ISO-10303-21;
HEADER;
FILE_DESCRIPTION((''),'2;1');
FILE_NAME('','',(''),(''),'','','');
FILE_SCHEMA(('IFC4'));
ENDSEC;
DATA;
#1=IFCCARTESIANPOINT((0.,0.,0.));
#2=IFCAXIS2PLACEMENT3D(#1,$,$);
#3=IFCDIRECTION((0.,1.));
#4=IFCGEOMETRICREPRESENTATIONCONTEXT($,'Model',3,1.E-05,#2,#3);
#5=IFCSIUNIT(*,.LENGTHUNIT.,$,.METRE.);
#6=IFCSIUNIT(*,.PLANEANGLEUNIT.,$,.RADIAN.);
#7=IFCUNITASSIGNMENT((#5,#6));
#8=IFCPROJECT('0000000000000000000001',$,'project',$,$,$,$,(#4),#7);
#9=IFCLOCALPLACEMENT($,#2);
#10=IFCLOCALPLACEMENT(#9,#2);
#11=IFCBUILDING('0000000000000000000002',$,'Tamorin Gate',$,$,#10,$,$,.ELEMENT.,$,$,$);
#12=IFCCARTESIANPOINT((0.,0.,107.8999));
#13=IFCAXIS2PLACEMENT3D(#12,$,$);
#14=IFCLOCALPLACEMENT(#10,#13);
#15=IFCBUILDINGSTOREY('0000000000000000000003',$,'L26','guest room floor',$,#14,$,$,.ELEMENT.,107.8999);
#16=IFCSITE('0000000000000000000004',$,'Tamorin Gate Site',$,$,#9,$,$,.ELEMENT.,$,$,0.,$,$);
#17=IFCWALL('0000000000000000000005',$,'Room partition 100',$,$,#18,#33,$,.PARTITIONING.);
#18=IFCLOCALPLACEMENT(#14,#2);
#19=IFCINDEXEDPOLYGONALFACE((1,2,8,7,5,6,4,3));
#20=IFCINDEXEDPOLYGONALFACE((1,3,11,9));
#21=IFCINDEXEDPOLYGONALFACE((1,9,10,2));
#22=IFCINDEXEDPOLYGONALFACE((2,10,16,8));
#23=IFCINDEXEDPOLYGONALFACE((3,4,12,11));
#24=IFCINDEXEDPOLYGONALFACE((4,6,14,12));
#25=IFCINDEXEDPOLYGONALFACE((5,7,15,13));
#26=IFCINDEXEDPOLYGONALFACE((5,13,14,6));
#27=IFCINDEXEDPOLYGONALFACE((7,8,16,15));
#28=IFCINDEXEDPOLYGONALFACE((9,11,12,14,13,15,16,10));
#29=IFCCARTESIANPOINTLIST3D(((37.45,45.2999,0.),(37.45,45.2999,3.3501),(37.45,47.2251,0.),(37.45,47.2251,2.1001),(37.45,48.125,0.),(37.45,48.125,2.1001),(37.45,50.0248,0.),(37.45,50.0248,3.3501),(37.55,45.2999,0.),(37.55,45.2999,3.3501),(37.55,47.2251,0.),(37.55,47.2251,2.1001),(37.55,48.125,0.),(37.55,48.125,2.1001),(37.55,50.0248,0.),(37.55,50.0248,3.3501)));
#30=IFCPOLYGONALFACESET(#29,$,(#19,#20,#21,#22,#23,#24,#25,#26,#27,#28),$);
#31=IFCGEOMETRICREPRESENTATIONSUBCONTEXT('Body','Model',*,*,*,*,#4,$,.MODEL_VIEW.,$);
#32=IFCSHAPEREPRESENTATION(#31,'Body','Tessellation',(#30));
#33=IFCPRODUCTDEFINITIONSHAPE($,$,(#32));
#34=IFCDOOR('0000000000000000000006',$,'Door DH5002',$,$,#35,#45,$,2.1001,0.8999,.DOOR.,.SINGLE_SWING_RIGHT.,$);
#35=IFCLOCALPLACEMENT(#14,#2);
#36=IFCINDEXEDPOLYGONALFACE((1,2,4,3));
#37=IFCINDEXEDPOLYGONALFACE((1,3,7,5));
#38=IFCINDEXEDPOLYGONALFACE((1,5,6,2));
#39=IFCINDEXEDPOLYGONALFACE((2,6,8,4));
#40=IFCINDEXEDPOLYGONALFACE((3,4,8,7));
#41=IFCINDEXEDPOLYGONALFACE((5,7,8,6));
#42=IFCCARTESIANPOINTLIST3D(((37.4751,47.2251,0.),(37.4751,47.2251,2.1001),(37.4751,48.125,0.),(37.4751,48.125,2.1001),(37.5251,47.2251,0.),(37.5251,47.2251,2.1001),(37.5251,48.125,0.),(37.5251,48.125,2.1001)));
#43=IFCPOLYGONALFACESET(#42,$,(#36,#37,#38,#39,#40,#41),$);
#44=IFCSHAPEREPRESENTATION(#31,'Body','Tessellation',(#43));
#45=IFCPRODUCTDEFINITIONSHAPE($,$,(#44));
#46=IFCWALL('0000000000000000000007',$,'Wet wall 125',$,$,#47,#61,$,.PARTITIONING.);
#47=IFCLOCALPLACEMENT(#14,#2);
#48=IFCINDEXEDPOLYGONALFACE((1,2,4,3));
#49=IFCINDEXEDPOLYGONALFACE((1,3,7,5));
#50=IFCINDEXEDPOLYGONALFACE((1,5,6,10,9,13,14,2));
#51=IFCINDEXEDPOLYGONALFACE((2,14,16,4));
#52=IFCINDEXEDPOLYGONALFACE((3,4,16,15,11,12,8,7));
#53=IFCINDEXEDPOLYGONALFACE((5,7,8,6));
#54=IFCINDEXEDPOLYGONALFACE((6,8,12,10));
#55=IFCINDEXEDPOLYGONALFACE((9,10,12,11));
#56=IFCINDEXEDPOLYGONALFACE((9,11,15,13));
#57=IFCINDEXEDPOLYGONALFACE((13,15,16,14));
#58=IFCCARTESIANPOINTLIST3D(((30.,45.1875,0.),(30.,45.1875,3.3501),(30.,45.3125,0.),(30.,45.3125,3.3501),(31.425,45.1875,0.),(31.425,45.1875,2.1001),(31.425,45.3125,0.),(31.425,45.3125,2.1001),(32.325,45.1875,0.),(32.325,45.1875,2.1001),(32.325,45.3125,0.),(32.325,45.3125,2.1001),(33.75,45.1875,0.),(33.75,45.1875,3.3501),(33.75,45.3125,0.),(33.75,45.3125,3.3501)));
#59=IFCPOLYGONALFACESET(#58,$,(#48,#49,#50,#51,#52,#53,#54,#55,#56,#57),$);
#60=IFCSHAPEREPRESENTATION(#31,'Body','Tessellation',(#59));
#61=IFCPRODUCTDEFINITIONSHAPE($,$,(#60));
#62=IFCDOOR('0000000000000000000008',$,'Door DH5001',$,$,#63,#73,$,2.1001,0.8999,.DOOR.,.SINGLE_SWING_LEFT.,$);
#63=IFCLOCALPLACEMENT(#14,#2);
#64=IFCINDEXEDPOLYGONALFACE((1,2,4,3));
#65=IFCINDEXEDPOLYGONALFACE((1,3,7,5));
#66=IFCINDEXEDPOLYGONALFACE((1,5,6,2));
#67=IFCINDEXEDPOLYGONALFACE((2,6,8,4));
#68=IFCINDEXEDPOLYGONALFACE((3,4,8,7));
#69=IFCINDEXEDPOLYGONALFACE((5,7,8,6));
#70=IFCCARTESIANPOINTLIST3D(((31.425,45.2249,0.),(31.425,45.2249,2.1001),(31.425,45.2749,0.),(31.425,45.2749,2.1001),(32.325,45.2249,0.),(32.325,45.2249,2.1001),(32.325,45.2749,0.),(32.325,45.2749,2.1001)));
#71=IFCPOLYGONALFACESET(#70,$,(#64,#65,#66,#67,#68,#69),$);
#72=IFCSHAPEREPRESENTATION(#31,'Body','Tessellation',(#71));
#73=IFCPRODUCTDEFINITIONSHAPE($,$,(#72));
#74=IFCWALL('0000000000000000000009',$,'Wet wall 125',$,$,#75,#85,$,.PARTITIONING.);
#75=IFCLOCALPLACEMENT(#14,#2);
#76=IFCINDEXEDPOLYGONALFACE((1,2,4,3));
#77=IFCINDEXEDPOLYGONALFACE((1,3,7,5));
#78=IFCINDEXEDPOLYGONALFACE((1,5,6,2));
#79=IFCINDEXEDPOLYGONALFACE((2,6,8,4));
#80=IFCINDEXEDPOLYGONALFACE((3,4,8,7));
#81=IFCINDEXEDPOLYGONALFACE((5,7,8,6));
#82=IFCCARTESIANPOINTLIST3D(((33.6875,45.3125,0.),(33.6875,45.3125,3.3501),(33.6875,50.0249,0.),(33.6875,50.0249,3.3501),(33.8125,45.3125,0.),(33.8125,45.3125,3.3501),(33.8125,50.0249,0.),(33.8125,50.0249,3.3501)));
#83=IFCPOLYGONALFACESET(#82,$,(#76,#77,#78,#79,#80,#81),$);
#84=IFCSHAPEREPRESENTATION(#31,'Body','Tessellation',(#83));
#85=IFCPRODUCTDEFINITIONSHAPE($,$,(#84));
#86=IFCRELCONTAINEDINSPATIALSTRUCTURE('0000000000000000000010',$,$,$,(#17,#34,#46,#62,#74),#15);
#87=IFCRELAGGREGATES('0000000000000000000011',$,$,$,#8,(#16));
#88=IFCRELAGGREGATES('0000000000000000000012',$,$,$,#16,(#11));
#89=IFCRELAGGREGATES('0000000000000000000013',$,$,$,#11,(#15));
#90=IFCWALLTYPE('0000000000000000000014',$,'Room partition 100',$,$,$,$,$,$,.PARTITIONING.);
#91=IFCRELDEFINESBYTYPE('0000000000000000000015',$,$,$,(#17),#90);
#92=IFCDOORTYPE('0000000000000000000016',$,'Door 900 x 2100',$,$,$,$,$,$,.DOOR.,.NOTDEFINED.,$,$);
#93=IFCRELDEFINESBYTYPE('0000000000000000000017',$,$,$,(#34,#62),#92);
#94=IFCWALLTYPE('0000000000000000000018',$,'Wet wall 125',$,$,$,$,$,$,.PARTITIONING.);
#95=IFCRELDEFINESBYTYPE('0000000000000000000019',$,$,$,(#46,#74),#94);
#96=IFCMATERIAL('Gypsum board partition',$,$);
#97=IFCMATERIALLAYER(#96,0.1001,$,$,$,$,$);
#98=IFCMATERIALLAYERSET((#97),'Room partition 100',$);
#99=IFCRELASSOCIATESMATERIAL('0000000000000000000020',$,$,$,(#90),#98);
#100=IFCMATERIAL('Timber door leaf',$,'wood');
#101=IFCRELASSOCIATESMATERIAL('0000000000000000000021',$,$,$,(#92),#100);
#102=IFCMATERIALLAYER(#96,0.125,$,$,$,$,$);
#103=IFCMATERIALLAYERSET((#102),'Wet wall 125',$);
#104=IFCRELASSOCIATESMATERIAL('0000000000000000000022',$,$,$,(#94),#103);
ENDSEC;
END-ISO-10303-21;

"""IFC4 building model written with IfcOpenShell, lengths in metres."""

from ifc_helpers import new_model, si_unit, direction, frame, frame_2d, origin, place, context, subcontext, project, spatial, rectangle, extrude, material, layer, layer_set, type_object, element, fill, save


model = new_model("IFC4")

# Units and contexts
model_context = context("Model", 3, precision=1e-05, world=origin(), true_north=direction((0.0, 1.0)))
body_context = subcontext(model_context, "Body", "Model", "MODEL_VIEW")
ifc_project = project(units=[si_unit("LENGTHUNIT", "METRE"), si_unit("PLANEANGLEUNIT", "RADIAN")], contexts=[model_context])

# Site, building, storey
site_placement = place(None, origin())
site = spatial("IfcSite", under=ifc_project, at=site_placement, Name="Tamorin Gate Site", CompositionType="ELEMENT", RefElevation=0.0)
building_placement = place(site_placement, origin())
building = spatial("IfcBuilding", under=site, at=building_placement, Name="Tamorin Gate", CompositionType="ELEMENT")
storey_placement = place(building_placement, frame((0.0, 0.0, 107.8999)))
storey = spatial("IfcBuildingStorey", under=building, at=storey_placement, Name="L26", Description="guest room floor", CompositionType="ELEMENT", Elevation=107.8999)

# Shared definitions
ifc_material_1 = material(Name="Gypsum board partition")
ifc_layer_1 = layer(ifc_material_1, 0.1001)
ifc_layer_set_1 = layer_set([ifc_layer_1], Name="Room partition 100")
wall_type_1 = type_object("IfcWallType", Name="Room partition 100", PredefinedType="PARTITIONING", material=ifc_layer_set_1)
ifc_material_2 = material(Name="Timber door leaf", Category="wood")
door_type = type_object("IfcDoorType", Name="Door 900 x 2100", OperationType="NOTDEFINED", PredefinedType="DOOR", material=ifc_material_2)

# Walls, openings, doors
wall_1_placement = place(storey_placement, frame((37.5, 45.3, 0.0), z_axis=(0.0, 0.0, 1.0), x_axis=(0.0, 1.0, 0.0)))
wall_1 = element("IfcWall", 1, at=wall_1_placement, inside=storey, type_object=wall_type_1, Name="Room partition 100", PredefinedType="PARTITIONING", context=body_context, shape_type="SweptSolid", body=[
    extrude(rectangle(XDim=4.7249, YDim=0.1001, at=frame_2d((2.3623, 0.0))), origin(), (0.0, 0.0, 1.0), 3.3501),
])
opening_1_placement = place(wall_1_placement, frame((1.925, 0.0, 0.0)))
opening_1 = element("IfcOpeningElement", 2, at=opening_1_placement, cuts=wall_1, PredefinedType="OPENING", context=body_context, shape_type="SweptSolid", body=[
    extrude(rectangle(XDim=0.8999, YDim=2.1001, at=frame_2d((0.45, 1.05))), frame((0.0, 0.0601, 0.0), z_axis=(0.0, -1.0, 0.0), x_axis=(1.0, 0.0, 0.0)), (0.0, 0.0, 1.0), 0.1201),
])
door_1_placement = place(opening_1_placement, origin())
door_1 = element("IfcDoor", 3, at=door_1_placement, inside=storey, type_object=door_type, Name="Door DH5002", OperationType="SINGLE_SWING_RIGHT", OverallHeight=2.1001, OverallWidth=0.8999, PredefinedType="DOOR", context=body_context, shape_type="SweptSolid", body=[
    extrude(rectangle(XDim=0.8999, YDim=2.1001, at=frame_2d((0.45, 1.05))), frame((0.0, 0.0249, 0.0), z_axis=(0.0, -1.0, 0.0), x_axis=(1.0, 0.0, 0.0)), (0.0, 0.0, 1.0), 0.05),
])
fill(opening_1, door_1)
ifc_layer_2 = layer(ifc_material_1, 0.125)
ifc_layer_set_2 = layer_set([ifc_layer_2], Name="Wet wall 125")
wall_type_2 = type_object("IfcWallType", Name="Wet wall 125", PredefinedType="PARTITIONING", material=ifc_layer_set_2)
wall_2_placement = place(storey_placement, frame((30.0, 45.25, 0.0), z_axis=(0.0, 0.0, 1.0), x_axis=(1.0, 0.0, 0.0)))
wall_2 = element("IfcWall", 4, at=wall_2_placement, inside=storey, type_object=wall_type_2, Name="Wet wall 125", PredefinedType="PARTITIONING", context=body_context, shape_type="SweptSolid", body=[
    extrude(rectangle(XDim=3.75, YDim=0.125, at=frame_2d((1.875, 0.0))), origin(), (0.0, 0.0, 1.0), 3.3501),
])
opening_2_placement = place(wall_2_placement, frame((1.425, 0.0, 0.0)))
opening_2 = element("IfcOpeningElement", 5, at=opening_2_placement, cuts=wall_2, PredefinedType="OPENING", context=body_context, shape_type="SweptSolid", body=[
    extrude(rectangle(XDim=0.8999, YDim=2.1001, at=frame_2d((0.45, 1.05))), frame((0.0, 0.0725, 0.0), z_axis=(0.0, -1.0, 0.0), x_axis=(1.0, 0.0, 0.0)), (0.0, 0.0, 1.0), 0.145),
])
door_2_placement = place(opening_2_placement, origin())
door_2 = element("IfcDoor", 6, at=door_2_placement, inside=storey, type_object=door_type, Name="Door DH5001", OperationType="SINGLE_SWING_LEFT", OverallHeight=2.1001, OverallWidth=0.8999, PredefinedType="DOOR", context=body_context, shape_type="SweptSolid", body=[
    extrude(rectangle(XDim=0.8999, YDim=2.1001, at=frame_2d((0.45, 1.05))), frame((0.0, 0.0249, 0.0), z_axis=(0.0, -1.0, 0.0), x_axis=(1.0, 0.0, 0.0)), (0.0, 0.0, 1.0), 0.05),
])
fill(opening_2, door_2)

# Wall
wall_3_placement = place(storey_placement, frame((33.75, 45.3125, 0.0), z_axis=(0.0, 0.0, 1.0), x_axis=(0.0, 1.0, 0.0)))
element("IfcWall", 7, at=wall_3_placement, inside=storey, type_object=wall_type_2, Name="Wet wall 125", PredefinedType="PARTITIONING", context=body_context, shape_type="SweptSolid", body=[
    extrude(rectangle(XDim=4.7124, YDim=0.125, at=frame_2d((2.3562, 0.0))), origin(), (0.0, 0.0, 1.0), 3.3501),
])

save(model, "model.ifc")
